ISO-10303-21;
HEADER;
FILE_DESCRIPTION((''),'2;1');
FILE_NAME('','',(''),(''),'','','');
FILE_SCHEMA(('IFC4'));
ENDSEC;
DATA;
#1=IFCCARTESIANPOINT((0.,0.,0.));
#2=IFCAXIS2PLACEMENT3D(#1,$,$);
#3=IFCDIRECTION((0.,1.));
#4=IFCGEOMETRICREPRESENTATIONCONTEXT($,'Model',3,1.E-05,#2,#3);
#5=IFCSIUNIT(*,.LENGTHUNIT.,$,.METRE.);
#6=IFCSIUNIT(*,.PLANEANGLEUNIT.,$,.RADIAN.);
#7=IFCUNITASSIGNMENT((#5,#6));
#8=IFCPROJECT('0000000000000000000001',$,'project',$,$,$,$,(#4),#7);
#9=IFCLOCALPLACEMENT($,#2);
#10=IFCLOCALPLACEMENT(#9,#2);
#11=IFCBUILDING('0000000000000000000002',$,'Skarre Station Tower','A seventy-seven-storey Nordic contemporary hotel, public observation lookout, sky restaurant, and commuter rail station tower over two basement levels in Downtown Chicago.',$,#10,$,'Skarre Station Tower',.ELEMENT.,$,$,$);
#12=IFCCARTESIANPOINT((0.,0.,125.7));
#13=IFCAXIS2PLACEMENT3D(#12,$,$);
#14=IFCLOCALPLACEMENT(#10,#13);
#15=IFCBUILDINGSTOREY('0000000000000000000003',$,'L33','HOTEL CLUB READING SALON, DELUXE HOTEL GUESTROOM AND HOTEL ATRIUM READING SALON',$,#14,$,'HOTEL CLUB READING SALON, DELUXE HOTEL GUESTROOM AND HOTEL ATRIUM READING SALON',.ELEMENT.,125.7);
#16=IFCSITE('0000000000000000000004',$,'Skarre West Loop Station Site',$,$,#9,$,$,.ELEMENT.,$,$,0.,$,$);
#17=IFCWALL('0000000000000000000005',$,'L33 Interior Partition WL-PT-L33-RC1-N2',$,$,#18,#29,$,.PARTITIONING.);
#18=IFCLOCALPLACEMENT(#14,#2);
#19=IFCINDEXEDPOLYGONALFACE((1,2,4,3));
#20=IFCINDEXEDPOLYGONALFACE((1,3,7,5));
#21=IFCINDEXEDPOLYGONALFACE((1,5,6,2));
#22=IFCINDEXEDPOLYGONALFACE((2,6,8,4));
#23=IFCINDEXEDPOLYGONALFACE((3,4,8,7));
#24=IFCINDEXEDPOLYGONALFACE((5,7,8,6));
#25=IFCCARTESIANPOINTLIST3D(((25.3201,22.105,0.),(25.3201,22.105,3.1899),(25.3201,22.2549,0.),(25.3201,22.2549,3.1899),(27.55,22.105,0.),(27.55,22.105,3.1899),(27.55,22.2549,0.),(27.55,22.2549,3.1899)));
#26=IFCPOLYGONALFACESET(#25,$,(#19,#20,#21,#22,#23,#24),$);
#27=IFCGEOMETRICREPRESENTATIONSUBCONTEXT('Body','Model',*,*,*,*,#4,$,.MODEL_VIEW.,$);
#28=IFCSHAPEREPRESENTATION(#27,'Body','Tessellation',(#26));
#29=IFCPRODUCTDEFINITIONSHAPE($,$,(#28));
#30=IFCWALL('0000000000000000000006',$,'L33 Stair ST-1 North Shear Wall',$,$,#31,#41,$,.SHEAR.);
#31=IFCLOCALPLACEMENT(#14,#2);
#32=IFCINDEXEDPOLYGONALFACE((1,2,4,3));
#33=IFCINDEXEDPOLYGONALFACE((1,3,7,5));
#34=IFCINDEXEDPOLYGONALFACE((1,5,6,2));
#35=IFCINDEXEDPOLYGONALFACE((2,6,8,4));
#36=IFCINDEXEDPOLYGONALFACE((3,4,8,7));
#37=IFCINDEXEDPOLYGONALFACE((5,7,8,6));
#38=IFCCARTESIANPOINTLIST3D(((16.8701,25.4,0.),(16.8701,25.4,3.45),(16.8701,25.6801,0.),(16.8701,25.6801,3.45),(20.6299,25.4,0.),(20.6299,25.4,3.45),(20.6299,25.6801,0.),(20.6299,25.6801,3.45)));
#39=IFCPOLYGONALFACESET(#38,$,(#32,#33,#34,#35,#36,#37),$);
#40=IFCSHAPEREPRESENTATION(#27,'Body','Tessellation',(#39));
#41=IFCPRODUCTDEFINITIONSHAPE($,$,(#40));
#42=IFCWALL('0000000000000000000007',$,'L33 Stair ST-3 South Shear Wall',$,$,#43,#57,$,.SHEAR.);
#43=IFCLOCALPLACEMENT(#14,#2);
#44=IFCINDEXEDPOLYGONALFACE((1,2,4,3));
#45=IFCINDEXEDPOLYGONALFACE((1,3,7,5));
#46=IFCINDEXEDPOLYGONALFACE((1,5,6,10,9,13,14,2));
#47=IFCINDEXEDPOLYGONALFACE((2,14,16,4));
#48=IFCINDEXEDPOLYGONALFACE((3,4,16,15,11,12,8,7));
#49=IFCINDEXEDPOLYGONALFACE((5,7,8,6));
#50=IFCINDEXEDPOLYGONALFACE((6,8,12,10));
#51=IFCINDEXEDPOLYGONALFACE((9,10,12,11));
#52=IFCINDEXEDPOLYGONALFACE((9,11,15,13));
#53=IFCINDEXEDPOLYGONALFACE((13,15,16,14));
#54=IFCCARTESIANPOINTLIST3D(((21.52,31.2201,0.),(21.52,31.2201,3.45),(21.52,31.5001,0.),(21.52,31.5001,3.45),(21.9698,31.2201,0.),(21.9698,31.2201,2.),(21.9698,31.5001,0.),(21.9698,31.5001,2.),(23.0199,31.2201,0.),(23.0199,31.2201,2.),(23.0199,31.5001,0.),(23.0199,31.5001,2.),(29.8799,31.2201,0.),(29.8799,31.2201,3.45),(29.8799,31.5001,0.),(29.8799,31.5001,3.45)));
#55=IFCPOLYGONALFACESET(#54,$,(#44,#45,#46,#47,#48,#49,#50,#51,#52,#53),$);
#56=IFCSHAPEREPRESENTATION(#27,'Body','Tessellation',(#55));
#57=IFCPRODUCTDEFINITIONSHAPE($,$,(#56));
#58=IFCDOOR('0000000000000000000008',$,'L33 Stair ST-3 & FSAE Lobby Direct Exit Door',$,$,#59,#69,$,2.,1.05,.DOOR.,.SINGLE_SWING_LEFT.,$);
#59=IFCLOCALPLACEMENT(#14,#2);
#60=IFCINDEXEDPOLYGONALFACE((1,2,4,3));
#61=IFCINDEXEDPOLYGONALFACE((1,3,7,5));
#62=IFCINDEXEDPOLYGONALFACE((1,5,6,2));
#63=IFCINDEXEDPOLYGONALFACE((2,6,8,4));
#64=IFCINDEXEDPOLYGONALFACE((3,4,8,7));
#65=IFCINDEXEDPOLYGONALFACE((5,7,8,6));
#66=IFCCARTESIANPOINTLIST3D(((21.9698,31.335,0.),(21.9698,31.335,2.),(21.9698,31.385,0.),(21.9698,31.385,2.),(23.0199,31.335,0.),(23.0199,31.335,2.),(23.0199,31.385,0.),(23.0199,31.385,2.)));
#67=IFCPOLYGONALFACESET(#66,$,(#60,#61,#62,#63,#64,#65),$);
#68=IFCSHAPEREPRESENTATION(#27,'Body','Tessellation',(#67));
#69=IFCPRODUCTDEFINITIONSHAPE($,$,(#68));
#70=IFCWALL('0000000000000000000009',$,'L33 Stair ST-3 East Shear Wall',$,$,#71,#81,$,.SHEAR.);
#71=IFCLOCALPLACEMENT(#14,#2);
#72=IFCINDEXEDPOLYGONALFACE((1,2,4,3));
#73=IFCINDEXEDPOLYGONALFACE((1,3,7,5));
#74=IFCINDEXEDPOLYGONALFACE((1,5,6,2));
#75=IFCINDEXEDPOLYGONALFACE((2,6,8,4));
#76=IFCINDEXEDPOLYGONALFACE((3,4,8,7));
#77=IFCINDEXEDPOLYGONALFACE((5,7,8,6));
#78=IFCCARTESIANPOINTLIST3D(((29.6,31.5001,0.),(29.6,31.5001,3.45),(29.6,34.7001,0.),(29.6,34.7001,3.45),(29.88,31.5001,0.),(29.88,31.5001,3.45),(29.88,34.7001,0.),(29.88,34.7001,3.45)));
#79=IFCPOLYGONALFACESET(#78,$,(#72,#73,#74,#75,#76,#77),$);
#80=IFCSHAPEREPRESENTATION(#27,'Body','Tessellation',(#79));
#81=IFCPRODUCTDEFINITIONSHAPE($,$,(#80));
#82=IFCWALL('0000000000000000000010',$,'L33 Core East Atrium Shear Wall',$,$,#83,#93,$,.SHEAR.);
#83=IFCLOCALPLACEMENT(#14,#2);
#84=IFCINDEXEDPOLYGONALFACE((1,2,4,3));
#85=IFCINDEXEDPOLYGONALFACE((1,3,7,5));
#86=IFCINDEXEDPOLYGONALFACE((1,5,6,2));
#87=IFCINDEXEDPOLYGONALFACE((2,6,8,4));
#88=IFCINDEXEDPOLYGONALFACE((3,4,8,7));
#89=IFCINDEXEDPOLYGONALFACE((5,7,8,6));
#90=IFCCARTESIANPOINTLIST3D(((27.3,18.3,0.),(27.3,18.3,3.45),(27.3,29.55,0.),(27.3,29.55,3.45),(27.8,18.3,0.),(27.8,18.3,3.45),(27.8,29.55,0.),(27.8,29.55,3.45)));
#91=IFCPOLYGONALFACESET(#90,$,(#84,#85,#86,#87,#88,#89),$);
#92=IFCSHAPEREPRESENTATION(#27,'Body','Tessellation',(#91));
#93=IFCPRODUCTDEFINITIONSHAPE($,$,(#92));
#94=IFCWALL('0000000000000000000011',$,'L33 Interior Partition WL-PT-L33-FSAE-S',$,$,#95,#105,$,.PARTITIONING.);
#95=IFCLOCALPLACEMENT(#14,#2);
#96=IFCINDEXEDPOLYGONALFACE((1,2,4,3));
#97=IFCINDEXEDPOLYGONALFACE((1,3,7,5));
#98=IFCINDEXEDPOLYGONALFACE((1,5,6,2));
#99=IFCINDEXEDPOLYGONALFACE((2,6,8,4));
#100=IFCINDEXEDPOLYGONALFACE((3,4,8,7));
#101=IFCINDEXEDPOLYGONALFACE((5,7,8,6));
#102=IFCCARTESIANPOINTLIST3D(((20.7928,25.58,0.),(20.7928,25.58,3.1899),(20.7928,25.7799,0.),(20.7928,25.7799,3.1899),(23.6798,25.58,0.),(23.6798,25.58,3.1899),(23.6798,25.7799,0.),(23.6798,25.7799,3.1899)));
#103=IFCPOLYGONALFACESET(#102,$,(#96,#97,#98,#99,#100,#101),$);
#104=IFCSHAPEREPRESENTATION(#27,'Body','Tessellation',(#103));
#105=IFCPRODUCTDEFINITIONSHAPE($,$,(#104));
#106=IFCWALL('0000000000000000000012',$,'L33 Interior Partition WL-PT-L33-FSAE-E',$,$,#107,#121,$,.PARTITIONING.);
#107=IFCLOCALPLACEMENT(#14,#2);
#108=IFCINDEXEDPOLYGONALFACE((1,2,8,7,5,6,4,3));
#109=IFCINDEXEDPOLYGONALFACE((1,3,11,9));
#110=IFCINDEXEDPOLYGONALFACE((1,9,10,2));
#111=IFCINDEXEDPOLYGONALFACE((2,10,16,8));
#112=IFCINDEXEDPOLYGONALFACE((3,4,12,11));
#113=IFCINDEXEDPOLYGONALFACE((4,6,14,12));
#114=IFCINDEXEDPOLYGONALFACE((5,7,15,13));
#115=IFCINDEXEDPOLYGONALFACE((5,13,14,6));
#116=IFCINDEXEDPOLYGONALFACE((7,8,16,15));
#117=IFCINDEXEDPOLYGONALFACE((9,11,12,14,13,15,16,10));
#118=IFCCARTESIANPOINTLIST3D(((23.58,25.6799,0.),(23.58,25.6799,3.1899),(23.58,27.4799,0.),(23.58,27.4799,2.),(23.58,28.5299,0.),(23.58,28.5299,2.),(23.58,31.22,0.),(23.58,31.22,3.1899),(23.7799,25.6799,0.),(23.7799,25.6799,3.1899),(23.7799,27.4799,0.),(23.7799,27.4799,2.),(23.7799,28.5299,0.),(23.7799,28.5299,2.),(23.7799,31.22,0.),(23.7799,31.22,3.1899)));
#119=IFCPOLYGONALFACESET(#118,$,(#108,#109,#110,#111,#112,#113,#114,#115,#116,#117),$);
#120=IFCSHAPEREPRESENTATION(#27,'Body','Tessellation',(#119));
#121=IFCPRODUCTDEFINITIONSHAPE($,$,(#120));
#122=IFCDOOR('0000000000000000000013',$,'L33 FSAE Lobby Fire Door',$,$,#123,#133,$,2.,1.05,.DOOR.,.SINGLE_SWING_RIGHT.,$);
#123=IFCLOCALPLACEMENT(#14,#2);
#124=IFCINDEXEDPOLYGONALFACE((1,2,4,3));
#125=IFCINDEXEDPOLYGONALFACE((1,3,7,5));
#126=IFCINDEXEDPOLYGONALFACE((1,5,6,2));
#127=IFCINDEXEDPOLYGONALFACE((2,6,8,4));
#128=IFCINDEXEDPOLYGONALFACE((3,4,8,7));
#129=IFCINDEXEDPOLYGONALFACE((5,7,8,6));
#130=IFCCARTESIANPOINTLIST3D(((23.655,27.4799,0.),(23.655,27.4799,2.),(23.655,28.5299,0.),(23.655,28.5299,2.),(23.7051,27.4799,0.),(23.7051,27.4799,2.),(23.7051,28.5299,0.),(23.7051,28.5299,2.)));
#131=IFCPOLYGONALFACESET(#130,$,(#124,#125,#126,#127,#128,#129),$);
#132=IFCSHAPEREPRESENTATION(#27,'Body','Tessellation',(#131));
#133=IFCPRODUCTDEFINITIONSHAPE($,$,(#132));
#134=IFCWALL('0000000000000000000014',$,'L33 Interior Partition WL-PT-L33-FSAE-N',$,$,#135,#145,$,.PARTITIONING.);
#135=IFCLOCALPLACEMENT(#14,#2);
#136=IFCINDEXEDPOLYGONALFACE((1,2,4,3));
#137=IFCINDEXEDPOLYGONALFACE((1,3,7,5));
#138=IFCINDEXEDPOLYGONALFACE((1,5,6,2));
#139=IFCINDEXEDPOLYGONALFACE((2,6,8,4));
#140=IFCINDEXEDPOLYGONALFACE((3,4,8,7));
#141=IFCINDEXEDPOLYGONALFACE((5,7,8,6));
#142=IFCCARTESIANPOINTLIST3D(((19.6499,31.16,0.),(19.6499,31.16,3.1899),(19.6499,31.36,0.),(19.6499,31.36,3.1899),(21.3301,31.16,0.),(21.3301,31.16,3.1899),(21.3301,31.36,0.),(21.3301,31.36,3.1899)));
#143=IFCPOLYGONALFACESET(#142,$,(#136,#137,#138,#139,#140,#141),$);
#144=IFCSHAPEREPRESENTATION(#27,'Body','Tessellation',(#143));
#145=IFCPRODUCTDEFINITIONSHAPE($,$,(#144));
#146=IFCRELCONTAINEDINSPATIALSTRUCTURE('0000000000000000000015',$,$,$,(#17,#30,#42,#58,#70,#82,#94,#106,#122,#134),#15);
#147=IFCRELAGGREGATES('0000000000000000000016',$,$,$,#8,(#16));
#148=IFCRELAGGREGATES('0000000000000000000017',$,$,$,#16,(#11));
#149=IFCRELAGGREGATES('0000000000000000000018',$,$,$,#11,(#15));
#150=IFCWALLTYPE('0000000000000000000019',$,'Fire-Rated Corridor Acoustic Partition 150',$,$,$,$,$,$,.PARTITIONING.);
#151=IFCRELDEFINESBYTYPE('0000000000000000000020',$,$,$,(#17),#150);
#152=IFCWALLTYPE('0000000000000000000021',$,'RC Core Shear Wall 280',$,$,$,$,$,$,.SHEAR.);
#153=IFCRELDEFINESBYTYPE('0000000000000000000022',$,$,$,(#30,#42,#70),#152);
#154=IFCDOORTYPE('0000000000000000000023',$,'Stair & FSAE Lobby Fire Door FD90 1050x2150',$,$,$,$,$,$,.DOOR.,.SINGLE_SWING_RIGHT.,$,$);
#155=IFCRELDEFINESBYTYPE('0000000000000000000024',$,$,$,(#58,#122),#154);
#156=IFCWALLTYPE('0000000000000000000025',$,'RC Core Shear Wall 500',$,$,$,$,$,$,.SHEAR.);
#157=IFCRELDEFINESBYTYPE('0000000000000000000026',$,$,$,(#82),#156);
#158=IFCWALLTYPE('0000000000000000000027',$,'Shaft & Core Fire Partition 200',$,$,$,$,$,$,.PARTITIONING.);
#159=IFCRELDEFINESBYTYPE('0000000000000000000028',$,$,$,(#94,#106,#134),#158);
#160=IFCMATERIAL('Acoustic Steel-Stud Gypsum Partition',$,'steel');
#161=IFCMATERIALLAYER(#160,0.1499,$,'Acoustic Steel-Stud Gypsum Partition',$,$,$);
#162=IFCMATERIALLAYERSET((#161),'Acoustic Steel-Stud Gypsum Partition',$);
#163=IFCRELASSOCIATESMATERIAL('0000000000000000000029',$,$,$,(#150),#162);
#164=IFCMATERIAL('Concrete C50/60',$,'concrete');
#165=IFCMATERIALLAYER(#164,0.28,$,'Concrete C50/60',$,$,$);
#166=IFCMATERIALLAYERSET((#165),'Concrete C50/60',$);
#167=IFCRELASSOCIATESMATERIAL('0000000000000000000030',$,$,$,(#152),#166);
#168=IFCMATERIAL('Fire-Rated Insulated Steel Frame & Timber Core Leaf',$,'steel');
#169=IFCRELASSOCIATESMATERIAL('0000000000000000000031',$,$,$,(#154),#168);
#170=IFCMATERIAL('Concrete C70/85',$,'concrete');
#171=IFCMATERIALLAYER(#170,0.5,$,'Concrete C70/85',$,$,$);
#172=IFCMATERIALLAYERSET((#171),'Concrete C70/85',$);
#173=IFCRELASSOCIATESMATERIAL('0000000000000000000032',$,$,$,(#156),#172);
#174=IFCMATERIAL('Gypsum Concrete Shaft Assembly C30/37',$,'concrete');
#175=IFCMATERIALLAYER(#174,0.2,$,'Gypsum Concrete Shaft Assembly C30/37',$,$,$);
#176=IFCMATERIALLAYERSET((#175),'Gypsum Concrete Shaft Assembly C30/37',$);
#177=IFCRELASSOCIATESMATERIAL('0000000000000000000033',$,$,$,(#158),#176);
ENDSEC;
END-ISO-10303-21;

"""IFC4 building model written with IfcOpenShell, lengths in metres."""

from ifc_helpers import new_model, si_unit, direction, frame, frame_2d, origin, place, context, subcontext, project, spatial, rectangle, extrude, material, layer, layer_set, type_object, element, fill, save


model = new_model("IFC4")

# Units and contexts
model_context = context("Model", 3, precision=1e-05, world=origin(), true_north=direction((0.0, 1.0)))
body_context = subcontext(model_context, "Body", "Model", "MODEL_VIEW")
ifc_project = project(units=[si_unit("LENGTHUNIT", "METRE"), si_unit("PLANEANGLEUNIT", "RADIAN")], contexts=[model_context])

# Site, building, storey
site_placement = place(None, origin())
site = spatial("IfcSite", under=ifc_project, at=site_placement, Name="Skarre West Loop Station Site", CompositionType="ELEMENT", RefElevation=0.0)
building_placement = place(site_placement, origin())
building = spatial("IfcBuilding", under=site, at=building_placement, Name="Skarre Station Tower", Description="A seventy-seven-storey Nordic contemporary hotel, public observation lookout, sky restaurant, and commuter rail station tower over two basement levels in Downtown Chicago.", LongName="Skarre Station Tower", CompositionType="ELEMENT")
storey_placement = place(building_placement, frame((0.0, 0.0, 125.7)))
storey = spatial("IfcBuildingStorey", under=building, at=storey_placement, Name="L33", Description="HOTEL CLUB READING SALON, DELUXE HOTEL GUESTROOM AND HOTEL ATRIUM READING SALON", LongName="HOTEL CLUB READING SALON, DELUXE HOTEL GUESTROOM AND HOTEL ATRIUM READING SALON", CompositionType="ELEMENT", Elevation=125.7)

# Walls
ifc_material_1 = material(Name="Acoustic Steel-Stud Gypsum Partition", Category="steel")
ifc_layer_1 = layer(ifc_material_1, 0.1499, Name="Acoustic Steel-Stud Gypsum Partition")
ifc_layer_set_1 = layer_set([ifc_layer_1], Name="Acoustic Steel-Stud Gypsum Partition")
wall_type_1 = type_object("IfcWallType", Name="Fire-Rated Corridor Acoustic Partition 150", PredefinedType="PARTITIONING", material=ifc_layer_set_1)
wall_1_placement = place(storey_placement, frame((25.3201, 22.1799, 0.0), z_axis=(0.0, 0.0, 1.0), x_axis=(1.0, 0.0, 0.0)))
element("IfcWall", 1, at=wall_1_placement, inside=storey, type_object=wall_type_1, Name="L33 Interior Partition WL-PT-L33-RC1-N2", PredefinedType="PARTITIONING", context=body_context, shape_type="SweptSolid", body=[
    extrude(rectangle(XDim=2.23, YDim=0.1499, at=frame_2d((1.115, 0.0))), origin(), (0.0, 0.0, 1.0), 3.1899),
])
ifc_material_2 = material(Name="Concrete C50/60", Category="concrete")
ifc_layer_2 = layer(ifc_material_2, 0.28, Name="Concrete C50/60")
ifc_layer_set_2 = layer_set([ifc_layer_2], Name="Concrete C50/60")
wall_type_2 = type_object("IfcWallType", Name="RC Core Shear Wall 280", PredefinedType="SHEAR", material=ifc_layer_set_2)
wall_2_placement = place(storey_placement, frame((20.6299, 25.54, 0.0), z_axis=(0.0, 0.0, 1.0), x_axis=(-1.0, 0.0, 0.0)))
element("IfcWall", 2, at=wall_2_placement, inside=storey, type_object=wall_type_2, Name="L33 Stair ST-1 North Shear Wall", PredefinedType="SHEAR", context=body_context, shape_type="SweptSolid", body=[
    extrude(rectangle(XDim=3.7598, YDim=0.28, at=frame_2d((1.8799, 0.0))), origin(), (0.0, 0.0, 1.0), 3.45),
])

# Wall, opening, door
wall_3_placement = place(storey_placement, frame((21.52, 31.3601, 0.0), z_axis=(0.0, 0.0, 1.0), x_axis=(1.0, 0.0, 0.0)))
wall_3 = element("IfcWall", 3, at=wall_3_placement, inside=storey, type_object=wall_type_2, Name="L33 Stair ST-3 South Shear Wall", PredefinedType="SHEAR", context=body_context, shape_type="SweptSolid", body=[
    extrude(rectangle(XDim=8.3599, YDim=0.28, at=frame_2d((4.1799, 0.0))), origin(), (0.0, 0.0, 1.0), 3.45),
])
opening_1_placement = place(wall_3_placement, frame((0.45, 0.0, 0.0)))
opening_1 = element("IfcOpeningElement", 4, at=opening_1_placement, cuts=wall_3, PredefinedType="OPENING", context=body_context, shape_type="SweptSolid", body=[
    extrude(rectangle(XDim=1.05, YDim=2.0, at=frame_2d((0.5249, 1.0))), frame((0.0, 0.1499, 0.0), z_axis=(0.0, -1.0, 0.0), x_axis=(1.0, 0.0, 0.0)), (0.0, 0.0, 1.0), 0.3),
])
ifc_material_3 = material(Name="Fire-Rated Insulated Steel Frame & Timber Core Leaf", Category="steel")
door_type_1 = type_object("IfcDoorType", Name="Stair & FSAE Lobby Fire Door FD90 1050x2150", OperationType="SINGLE_SWING_RIGHT", PredefinedType="DOOR", material=ifc_material_3)
door_1_placement = place(opening_1_placement, origin())
door_1 = element("IfcDoor", 5, at=door_1_placement, inside=storey, type_object=door_type_1, Name="L33 Stair ST-3 & FSAE Lobby Direct Exit Door", OperationType="SINGLE_SWING_LEFT", OverallHeight=2.0, OverallWidth=1.05, PredefinedType="DOOR", context=body_context, shape_type="SweptSolid", body=[
    extrude(rectangle(XDim=1.05, YDim=2.0, at=frame_2d((0.5249, 1.0))), frame((0.0, 0.0249, 0.0), z_axis=(0.0, -1.0, 0.0), x_axis=(1.0, 0.0, 0.0)), (0.0, 0.0, 1.0), 0.05),
])
fill(opening_1, door_1)

# Walls
wall_4_placement = place(storey_placement, frame((29.74, 31.5, 0.0), z_axis=(0.0, 0.0, 1.0), x_axis=(0.0, 1.0, 0.0)))
element("IfcWall", 6, at=wall_4_placement, inside=storey, type_object=wall_type_2, Name="L33 Stair ST-3 East Shear Wall", PredefinedType="SHEAR", context=body_context, shape_type="SweptSolid", body=[
    extrude(rectangle(XDim=3.2, YDim=0.28, at=frame_2d((1.6001, 0.0))), origin(), (0.0, 0.0, 1.0), 3.45),
])
ifc_material_4 = material(Name="Concrete C70/85", Category="concrete")
ifc_layer_3 = layer(ifc_material_4, 0.5, Name="Concrete C70/85")
ifc_layer_set_3 = layer_set([ifc_layer_3], Name="Concrete C70/85")
wall_type_3 = type_object("IfcWallType", Name="RC Core Shear Wall 500", PredefinedType="SHEAR", material=ifc_layer_set_3)
wall_5_placement = place(storey_placement, frame((27.55, 29.55, 0.0), z_axis=(0.0, 0.0, 1.0), x_axis=(0.0, -1.0, 0.0)))
element("IfcWall", 7, at=wall_5_placement, inside=storey, type_object=wall_type_3, Name="L33 Core East Atrium Shear Wall", PredefinedType="SHEAR", context=body_context, shape_type="SweptSolid", body=[
    extrude(rectangle(XDim=11.25, YDim=0.5, at=frame_2d((5.625, 0.0))), origin(), (0.0, 0.0, 1.0), 3.45),
])
ifc_material_5 = material(Name="Gypsum Concrete Shaft Assembly C30/37", Category="concrete")
ifc_layer_4 = layer(ifc_material_5, 0.2, Name="Gypsum Concrete Shaft Assembly C30/37")
ifc_layer_set_4 = layer_set([ifc_layer_4], Name="Gypsum Concrete Shaft Assembly C30/37")
wall_type_4 = type_object("IfcWallType", Name="Shaft & Core Fire Partition 200", PredefinedType="PARTITIONING", material=ifc_layer_set_4)
wall_6_placement = place(storey_placement, frame((20.793, 25.6799, 0.0), z_axis=(0.0, 0.0, 1.0), x_axis=(1.0, 0.0, 0.0)))
element("IfcWall", 8, at=wall_6_placement, inside=storey, type_object=wall_type_4, Name="L33 Interior Partition WL-PT-L33-FSAE-S", PredefinedType="PARTITIONING", context=body_context, shape_type="SweptSolid", body=[
    extrude(rectangle(XDim=2.887, YDim=0.2, at=frame_2d((1.4434, 0.0))), origin(), (0.0, 0.0, 1.0), 3.1899),
])

# Wall, opening, door
wall_7_placement = place(storey_placement, frame((23.6799, 25.6799, 0.0), z_axis=(0.0, 0.0, 1.0), x_axis=(0.0, 1.0, 0.0)))
wall_7 = element("IfcWall", 9, at=wall_7_placement, inside=storey, type_object=wall_type_4, Name="L33 Interior Partition WL-PT-L33-FSAE-E", PredefinedType="PARTITIONING", context=body_context, shape_type="SweptSolid", body=[
    extrude(rectangle(XDim=5.54, YDim=0.2, at=frame_2d((2.77, 0.0))), origin(), (0.0, 0.0, 1.0), 3.1899),
])
opening_2_placement = place(wall_7_placement, frame((1.8, 0.0, 0.0)))
opening_2 = element("IfcOpeningElement", 10, at=opening_2_placement, cuts=wall_7, PredefinedType="OPENING", context=body_context, shape_type="SweptSolid", body=[
    extrude(rectangle(XDim=1.05, YDim=2.0, at=frame_2d((0.5249, 1.0))), frame((0.0, 0.1099, 0.0), z_axis=(0.0, -1.0, 0.0), x_axis=(1.0, 0.0, 0.0)), (0.0, 0.0, 1.0), 0.22),
])
door_2_placement = place(opening_2_placement, origin())
door_2 = element("IfcDoor", 11, at=door_2_placement, inside=storey, type_object=door_type_1, Name="L33 FSAE Lobby Fire Door", OperationType="SINGLE_SWING_RIGHT", OverallHeight=2.0, OverallWidth=1.05, PredefinedType="DOOR", context=body_context, shape_type="SweptSolid", body=[
    extrude(rectangle(XDim=1.05, YDim=2.0, at=frame_2d((0.5249, 1.0))), frame((0.0, 0.0249, 0.0), z_axis=(0.0, -1.0, 0.0), x_axis=(1.0, 0.0, 0.0)), (0.0, 0.0, 1.0), 0.05),
])
fill(opening_2, door_2)

# Wall
wall_8_placement = place(storey_placement, frame((21.3301, 31.26, 0.0), z_axis=(0.0, 0.0, 1.0), x_axis=(-1.0, 0.0, 0.0)))
element("IfcWall", 12, at=wall_8_placement, inside=storey, type_object=wall_type_4, Name="L33 Interior Partition WL-PT-L33-FSAE-N", PredefinedType="PARTITIONING", context=body_context, shape_type="SweptSolid", body=[
    extrude(rectangle(XDim=1.6802, YDim=0.2, at=frame_2d((0.8401, 0.0))), origin(), (0.0, 0.0, 1.0), 3.1899),
])

save(model, "model.ifc")
